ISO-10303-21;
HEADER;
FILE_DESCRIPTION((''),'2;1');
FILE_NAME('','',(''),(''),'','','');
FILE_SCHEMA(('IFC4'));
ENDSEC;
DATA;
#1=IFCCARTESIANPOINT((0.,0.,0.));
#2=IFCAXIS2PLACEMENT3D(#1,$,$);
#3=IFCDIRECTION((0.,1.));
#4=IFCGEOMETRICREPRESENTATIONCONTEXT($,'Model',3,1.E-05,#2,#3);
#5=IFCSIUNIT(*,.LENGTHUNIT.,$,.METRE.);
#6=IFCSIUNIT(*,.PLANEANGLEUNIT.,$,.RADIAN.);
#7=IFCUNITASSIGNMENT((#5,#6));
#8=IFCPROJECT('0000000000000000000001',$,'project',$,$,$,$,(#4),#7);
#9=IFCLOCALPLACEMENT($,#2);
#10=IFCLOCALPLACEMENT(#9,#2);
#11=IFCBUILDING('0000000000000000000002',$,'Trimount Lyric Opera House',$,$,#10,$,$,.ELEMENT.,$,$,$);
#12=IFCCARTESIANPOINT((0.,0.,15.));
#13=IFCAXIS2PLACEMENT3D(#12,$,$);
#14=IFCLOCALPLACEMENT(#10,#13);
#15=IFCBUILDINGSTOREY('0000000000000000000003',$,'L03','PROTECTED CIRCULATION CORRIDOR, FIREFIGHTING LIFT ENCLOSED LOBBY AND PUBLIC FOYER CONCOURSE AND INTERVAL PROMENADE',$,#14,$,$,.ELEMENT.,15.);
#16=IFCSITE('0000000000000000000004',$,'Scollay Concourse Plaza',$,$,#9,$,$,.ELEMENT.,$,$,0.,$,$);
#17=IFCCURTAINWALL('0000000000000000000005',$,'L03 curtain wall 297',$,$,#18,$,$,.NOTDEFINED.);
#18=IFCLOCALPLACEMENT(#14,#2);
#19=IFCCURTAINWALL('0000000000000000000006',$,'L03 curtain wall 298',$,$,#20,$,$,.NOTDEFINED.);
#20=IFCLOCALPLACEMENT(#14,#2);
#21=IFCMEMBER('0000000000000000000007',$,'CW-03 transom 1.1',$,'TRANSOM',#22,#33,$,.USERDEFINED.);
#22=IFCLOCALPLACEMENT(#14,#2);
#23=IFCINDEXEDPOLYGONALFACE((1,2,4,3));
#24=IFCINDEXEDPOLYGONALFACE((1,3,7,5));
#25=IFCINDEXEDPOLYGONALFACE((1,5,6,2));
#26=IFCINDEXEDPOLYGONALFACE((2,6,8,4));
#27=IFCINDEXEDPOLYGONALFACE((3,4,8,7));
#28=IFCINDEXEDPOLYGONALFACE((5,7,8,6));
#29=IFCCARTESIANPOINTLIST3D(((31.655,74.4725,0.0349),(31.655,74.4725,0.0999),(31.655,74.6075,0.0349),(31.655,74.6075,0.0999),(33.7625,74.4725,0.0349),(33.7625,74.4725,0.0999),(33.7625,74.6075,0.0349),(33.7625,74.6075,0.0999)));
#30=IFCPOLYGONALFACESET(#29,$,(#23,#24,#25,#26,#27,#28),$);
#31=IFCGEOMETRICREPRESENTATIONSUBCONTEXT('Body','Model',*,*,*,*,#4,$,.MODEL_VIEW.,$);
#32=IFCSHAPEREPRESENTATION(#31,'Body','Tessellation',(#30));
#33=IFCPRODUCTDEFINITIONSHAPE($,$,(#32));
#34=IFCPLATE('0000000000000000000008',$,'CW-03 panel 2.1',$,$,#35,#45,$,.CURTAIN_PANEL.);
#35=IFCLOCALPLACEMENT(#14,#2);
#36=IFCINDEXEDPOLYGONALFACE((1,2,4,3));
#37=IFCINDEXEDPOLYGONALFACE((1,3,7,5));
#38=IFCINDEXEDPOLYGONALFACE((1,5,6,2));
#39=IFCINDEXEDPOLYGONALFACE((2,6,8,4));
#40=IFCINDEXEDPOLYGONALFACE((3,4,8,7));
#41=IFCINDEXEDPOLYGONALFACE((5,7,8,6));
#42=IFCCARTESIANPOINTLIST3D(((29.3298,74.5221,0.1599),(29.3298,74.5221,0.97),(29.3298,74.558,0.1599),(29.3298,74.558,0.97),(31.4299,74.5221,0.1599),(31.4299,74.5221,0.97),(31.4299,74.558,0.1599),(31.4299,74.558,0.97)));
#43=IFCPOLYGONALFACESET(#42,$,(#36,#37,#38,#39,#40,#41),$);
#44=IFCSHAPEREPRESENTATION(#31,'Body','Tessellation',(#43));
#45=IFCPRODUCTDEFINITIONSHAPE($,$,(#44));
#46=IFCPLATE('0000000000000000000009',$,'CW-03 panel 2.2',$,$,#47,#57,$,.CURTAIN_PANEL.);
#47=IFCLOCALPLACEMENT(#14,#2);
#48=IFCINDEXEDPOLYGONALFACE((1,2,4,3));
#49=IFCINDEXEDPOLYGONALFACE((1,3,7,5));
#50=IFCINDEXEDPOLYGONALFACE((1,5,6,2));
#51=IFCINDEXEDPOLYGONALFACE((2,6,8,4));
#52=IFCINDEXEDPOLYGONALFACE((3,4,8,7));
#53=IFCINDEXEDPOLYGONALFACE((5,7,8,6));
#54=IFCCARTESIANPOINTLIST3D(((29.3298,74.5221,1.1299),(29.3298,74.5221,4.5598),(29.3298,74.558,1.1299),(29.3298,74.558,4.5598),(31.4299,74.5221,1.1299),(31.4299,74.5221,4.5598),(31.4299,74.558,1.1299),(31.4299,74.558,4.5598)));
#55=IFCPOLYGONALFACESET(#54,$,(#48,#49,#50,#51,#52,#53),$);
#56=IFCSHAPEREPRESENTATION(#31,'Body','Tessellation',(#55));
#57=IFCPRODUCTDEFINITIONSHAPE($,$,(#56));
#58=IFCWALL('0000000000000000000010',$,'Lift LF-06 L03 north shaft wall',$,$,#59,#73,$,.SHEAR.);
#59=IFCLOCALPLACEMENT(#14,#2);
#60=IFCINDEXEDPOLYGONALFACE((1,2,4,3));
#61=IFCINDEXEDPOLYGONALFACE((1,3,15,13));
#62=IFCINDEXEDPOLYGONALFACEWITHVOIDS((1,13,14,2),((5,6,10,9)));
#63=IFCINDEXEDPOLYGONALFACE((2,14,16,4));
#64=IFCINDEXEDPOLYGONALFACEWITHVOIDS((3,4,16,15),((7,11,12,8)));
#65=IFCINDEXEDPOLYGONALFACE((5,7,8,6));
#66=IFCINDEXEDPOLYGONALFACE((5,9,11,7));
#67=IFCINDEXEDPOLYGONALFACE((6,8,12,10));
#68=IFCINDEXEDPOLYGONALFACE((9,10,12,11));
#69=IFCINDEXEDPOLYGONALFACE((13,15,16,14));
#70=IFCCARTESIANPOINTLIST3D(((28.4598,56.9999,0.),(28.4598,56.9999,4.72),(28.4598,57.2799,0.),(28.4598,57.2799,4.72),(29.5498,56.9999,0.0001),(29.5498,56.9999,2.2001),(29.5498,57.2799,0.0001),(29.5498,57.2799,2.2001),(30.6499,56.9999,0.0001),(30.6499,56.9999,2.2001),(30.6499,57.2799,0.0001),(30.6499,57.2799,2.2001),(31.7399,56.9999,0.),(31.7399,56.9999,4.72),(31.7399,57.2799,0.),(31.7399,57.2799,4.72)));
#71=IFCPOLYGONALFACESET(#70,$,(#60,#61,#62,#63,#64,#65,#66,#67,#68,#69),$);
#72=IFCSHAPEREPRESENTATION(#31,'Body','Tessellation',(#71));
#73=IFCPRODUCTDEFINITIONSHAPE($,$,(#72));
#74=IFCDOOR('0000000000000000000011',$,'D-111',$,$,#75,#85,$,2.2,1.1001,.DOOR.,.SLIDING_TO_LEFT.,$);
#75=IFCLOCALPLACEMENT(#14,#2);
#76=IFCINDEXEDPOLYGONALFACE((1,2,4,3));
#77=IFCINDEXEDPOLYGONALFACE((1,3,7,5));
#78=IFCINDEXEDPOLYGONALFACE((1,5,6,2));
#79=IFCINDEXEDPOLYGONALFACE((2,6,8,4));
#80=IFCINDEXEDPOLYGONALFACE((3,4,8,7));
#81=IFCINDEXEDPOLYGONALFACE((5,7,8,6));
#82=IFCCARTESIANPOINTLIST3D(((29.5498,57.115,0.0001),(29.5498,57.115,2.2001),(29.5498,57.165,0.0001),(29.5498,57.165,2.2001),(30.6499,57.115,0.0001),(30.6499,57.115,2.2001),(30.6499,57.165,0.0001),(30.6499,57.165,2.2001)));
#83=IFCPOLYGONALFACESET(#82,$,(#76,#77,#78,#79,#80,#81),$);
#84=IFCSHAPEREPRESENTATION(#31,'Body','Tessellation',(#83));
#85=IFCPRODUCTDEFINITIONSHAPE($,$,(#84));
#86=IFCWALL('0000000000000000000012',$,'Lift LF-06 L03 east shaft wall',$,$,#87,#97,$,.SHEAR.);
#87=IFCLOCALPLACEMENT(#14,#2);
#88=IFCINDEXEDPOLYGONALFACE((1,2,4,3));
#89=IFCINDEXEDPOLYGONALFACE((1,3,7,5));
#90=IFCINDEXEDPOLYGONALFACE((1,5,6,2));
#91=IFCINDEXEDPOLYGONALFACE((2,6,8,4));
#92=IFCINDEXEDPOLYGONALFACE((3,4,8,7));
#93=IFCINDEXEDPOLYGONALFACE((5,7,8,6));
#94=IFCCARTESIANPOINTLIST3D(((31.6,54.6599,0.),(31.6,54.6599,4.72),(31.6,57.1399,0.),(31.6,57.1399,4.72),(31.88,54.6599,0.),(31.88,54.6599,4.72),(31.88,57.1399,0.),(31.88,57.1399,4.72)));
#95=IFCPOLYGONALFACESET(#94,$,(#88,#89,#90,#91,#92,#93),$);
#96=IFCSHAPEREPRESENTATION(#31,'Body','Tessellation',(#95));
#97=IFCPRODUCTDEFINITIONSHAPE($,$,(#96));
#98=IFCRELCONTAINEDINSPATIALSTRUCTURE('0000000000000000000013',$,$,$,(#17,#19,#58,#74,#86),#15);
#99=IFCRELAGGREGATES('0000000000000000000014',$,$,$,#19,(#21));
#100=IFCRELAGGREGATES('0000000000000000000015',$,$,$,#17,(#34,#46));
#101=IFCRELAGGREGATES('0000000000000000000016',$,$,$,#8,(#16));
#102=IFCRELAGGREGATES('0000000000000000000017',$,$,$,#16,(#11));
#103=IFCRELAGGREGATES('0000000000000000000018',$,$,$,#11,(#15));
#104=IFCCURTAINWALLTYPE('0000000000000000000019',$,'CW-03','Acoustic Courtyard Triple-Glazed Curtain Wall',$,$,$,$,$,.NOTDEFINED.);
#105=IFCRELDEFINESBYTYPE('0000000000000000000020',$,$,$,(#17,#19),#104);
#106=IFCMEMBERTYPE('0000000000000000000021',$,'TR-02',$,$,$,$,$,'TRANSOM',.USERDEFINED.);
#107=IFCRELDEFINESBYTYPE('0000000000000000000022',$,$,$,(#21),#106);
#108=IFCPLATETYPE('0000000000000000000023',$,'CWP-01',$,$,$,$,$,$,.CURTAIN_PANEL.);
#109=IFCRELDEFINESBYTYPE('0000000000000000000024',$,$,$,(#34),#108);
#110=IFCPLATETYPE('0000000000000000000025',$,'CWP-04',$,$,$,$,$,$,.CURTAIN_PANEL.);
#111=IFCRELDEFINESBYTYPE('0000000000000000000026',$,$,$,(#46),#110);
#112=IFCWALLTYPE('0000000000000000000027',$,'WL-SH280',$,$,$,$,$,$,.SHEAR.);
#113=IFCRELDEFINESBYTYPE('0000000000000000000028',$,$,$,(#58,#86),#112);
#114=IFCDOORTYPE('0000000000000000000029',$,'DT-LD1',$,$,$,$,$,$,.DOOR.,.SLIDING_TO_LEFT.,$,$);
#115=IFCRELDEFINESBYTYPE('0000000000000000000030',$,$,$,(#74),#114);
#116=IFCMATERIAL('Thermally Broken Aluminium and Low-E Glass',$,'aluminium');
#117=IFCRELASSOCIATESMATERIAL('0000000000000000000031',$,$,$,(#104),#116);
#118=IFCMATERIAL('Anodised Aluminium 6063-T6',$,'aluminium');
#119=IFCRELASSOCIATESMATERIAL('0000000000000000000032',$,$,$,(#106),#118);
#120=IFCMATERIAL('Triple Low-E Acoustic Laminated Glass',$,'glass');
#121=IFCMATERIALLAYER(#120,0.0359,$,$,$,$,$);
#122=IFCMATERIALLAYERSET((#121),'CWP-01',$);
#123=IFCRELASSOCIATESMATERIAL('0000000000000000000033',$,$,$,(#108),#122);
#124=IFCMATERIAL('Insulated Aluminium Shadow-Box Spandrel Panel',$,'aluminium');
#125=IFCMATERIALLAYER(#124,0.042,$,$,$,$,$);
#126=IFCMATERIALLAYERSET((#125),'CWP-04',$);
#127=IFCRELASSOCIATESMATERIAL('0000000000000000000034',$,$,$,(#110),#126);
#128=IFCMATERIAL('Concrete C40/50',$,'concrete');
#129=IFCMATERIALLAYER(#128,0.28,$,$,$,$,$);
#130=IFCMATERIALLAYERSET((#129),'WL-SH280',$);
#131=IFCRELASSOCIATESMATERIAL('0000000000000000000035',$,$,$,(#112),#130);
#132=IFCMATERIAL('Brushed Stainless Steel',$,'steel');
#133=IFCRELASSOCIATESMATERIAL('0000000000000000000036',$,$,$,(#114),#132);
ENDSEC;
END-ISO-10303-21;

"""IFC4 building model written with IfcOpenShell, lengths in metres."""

from ifc_helpers import new_model, si_unit, direction, frame, frame_2d, origin, origin_2d, place, context, subcontext, project, spatial, rectangle, extrude, material, layer, layer_set, material_profile, profile_set, type_object, element, fill, aggregate, save


model = new_model("IFC4")

# Units and contexts
model_context = context("Model", 3, precision=1e-05, world=origin(), true_north=direction((0.0, 1.0)))
body_context = subcontext(model_context, "Body", "Model", "MODEL_VIEW")
ifc_project = project(units=[si_unit("LENGTHUNIT", "METRE"), si_unit("PLANEANGLEUNIT", "RADIAN")], contexts=[model_context])

# Site, building, storey
site_placement = place(None, origin())
site = spatial("IfcSite", under=ifc_project, at=site_placement, Name="Scollay Concourse Plaza", CompositionType="ELEMENT", RefElevation=0.0)
building_placement = place(site_placement, origin())
building = spatial("IfcBuilding", under=site, at=building_placement, Name="Trimount Lyric Opera House", CompositionType="ELEMENT")
storey_placement = place(building_placement, frame((0.0, 0.0, 15.0)))
storey = spatial("IfcBuildingStorey", under=building, at=storey_placement, Name="L03", Description="PROTECTED CIRCULATION CORRIDOR, FIREFIGHTING LIFT ENCLOSED LOBBY AND PUBLIC FOYER CONCOURSE AND INTERVAL PROMENADE", CompositionType="ELEMENT", Elevation=15.0)

# Curtain wall
ifc_material_1 = material(Name="Thermally Broken Aluminium and Low-E Glass", Category="aluminium")
curtain_wall_type = type_object("IfcCurtainWallType", Name="CW-03", Description="Acoustic Courtyard Triple-Glazed Curtain Wall", PredefinedType="NOTDEFINED", material=ifc_material_1)
curtain_wall_1_placement = place(storey_placement, origin())
curtain_wall_1 = element("IfcCurtainWall", 1, at=curtain_wall_1_placement, inside=storey, type_object=curtain_wall_type, Name="L03 curtain wall 297", PredefinedType="NOTDEFINED")

# Curtain wall
curtain_wall_2_placement = place(storey_placement, origin())
curtain_wall_2 = element("IfcCurtainWall", 2, at=curtain_wall_2_placement, inside=storey, type_object=curtain_wall_type, Name="L03 curtain wall 298", PredefinedType="NOTDEFINED")

# Member
ifc_material_2 = material(Name="Anodised Aluminium 6063-T6", Category="aluminium")
ifc_material_profile_1 = material_profile(ifc_material_2, rectangle(XDim=0.135, YDim=0.0649, at=origin_2d()), Name="ALU-TRAN-65X135")
ifc_profile_set_1 = profile_set([ifc_material_profile_1], Name="Anodised Aluminium 6063-T6")
member_type_1 = type_object("IfcMemberType", Name="TR-02", ElementType="TRANSOM", PredefinedType="USERDEFINED", material=ifc_profile_set_1)
member_1_placement = place(storey_placement, frame((31.655, 74.54, 0.0674), z_axis=(1.0, 0.0, 0.0), x_axis=(0.0, 1.0, 0.0)))
member_1 = element("IfcMember", 3, at=member_1_placement, type_object=member_type_1, Name="CW-03 transom 1.1", ObjectType="TRANSOM", PredefinedType="USERDEFINED", context=body_context, shape_type="SweptSolid", body=[
    extrude(rectangle(XDim=0.135, YDim=0.0649, at=origin_2d()), origin(), (0.0, 0.0, 1.0), 2.1074),
])
aggregate(curtain_wall_2, [member_1])

# Plates
ifc_material_3 = material(Name="Triple Low-E Acoustic Laminated Glass", Category="glass")
ifc_layer_1 = layer(ifc_material_3, 0.0359)
ifc_layer_set_1 = layer_set([ifc_layer_1], Name="CWP-01")
plate_type_1 = type_object("IfcPlateType", Name="CWP-01", PredefinedType="CURTAIN_PANEL", material=ifc_layer_set_1)
plate_1_placement = place(storey_placement, frame((30.3799, 74.54, 0.1599), z_axis=(0.0, 0.0, 1.0), x_axis=(1.0, 0.0, 0.0)))
plate_1 = element("IfcPlate", 4, at=plate_1_placement, type_object=plate_type_1, Name="CW-03 panel 2.1", PredefinedType="CURTAIN_PANEL", context=body_context, shape_type="SweptSolid", body=[
    extrude(rectangle(XDim=2.1001, YDim=0.0359, at=origin_2d()), origin(), (0.0, 0.0, 1.0), 0.8101),
])
ifc_material_4 = material(Name="Insulated Aluminium Shadow-Box Spandrel Panel", Category="aluminium")
ifc_layer_2 = layer(ifc_material_4, 0.042)
ifc_layer_set_2 = layer_set([ifc_layer_2], Name="CWP-04")
plate_type_2 = type_object("IfcPlateType", Name="CWP-04", PredefinedType="CURTAIN_PANEL", material=ifc_layer_set_2)
plate_2_placement = place(storey_placement, frame((30.3799, 74.54, 1.1299), z_axis=(0.0, 0.0, 1.0), x_axis=(1.0, 0.0, 0.0)))
plate_2 = element("IfcPlate", 5, at=plate_2_placement, type_object=plate_type_2, Name="CW-03 panel 2.2", PredefinedType="CURTAIN_PANEL", context=body_context, shape_type="SweptSolid", body=[
    extrude(rectangle(XDim=2.1001, YDim=0.0359, at=origin_2d()), origin(), (0.0, 0.0, 1.0), 3.4299),
])
aggregate(curtain_wall_1, [plate_1, plate_2])

# Wall, opening, door
ifc_material_5 = material(Name="Concrete C40/50", Category="concrete")
ifc_layer_3 = layer(ifc_material_5, 0.28)
ifc_layer_set_3 = layer_set([ifc_layer_3], Name="WL-SH280")
wall_type = type_object("IfcWallType", Name="WL-SH280", PredefinedType="SHEAR", material=ifc_layer_set_3)
wall_1_placement = place(storey_placement, frame((31.74, 57.1399, 0.0), z_axis=(0.0, 0.0, 1.0), x_axis=(-1.0, 0.0, 0.0)))
wall_1 = element("IfcWall", 6, at=wall_1_placement, inside=storey, type_object=wall_type, Name="Lift LF-06 L03 north shaft wall", PredefinedType="SHEAR", context=body_context, shape_type="SweptSolid", body=[
    extrude(rectangle(XDim=3.28, YDim=0.28, at=frame_2d((1.6401, 0.0))), origin(), (0.0, 0.0, 1.0), 4.72),
])
opening_placement = place(wall_1_placement, frame((1.0901, 0.0, 0.0)))
opening = element("IfcOpeningElement", 7, at=opening_placement, cuts=wall_1, PredefinedType="OPENING", context=body_context, shape_type="SweptSolid", body=[
    extrude(rectangle(XDim=1.1001, YDim=2.2, at=frame_2d((0.55, 1.1001))), frame((0.0, 0.1499, 0.0), z_axis=(0.0, -1.0, 0.0), x_axis=(1.0, 0.0, 0.0)), (0.0, 0.0, 1.0), 0.3),
])
ifc_material_6 = material(Name="Brushed Stainless Steel", Category="steel")
door_type = type_object("IfcDoorType", Name="DT-LD1", OperationType="SLIDING_TO_LEFT", PredefinedType="DOOR", material=ifc_material_6)
door_placement = place(opening_placement, origin())
door = element("IfcDoor", 8, at=door_placement, inside=storey, type_object=door_type, Name="D-111", OperationType="SLIDING_TO_LEFT", OverallHeight=2.2, OverallWidth=1.1001, PredefinedType="DOOR", context=body_context, shape_type="SweptSolid", body=[
    extrude(rectangle(XDim=1.1001, YDim=2.2, at=frame_2d((0.55, 1.1001))), frame((0.0, 0.0249, 0.0), z_axis=(0.0, -1.0, 0.0), x_axis=(1.0, 0.0, 0.0)), (0.0, 0.0, 1.0), 0.05),
])
fill(opening, door)

# Wall
wall_2_placement = place(storey_placement, frame((31.74, 54.6599, 0.0), z_axis=(0.0, 0.0, 1.0), x_axis=(0.0, 1.0, 0.0)))
element("IfcWall", 9, at=wall_2_placement, inside=storey, type_object=wall_type, Name="Lift LF-06 L03 east shaft wall", PredefinedType="SHEAR", context=body_context, shape_type="SweptSolid", body=[
    extrude(rectangle(XDim=2.48, YDim=0.28, at=frame_2d((1.24, 0.0))), origin(), (0.0, 0.0, 1.0), 4.72),
])

save(model, "model.ifc")
